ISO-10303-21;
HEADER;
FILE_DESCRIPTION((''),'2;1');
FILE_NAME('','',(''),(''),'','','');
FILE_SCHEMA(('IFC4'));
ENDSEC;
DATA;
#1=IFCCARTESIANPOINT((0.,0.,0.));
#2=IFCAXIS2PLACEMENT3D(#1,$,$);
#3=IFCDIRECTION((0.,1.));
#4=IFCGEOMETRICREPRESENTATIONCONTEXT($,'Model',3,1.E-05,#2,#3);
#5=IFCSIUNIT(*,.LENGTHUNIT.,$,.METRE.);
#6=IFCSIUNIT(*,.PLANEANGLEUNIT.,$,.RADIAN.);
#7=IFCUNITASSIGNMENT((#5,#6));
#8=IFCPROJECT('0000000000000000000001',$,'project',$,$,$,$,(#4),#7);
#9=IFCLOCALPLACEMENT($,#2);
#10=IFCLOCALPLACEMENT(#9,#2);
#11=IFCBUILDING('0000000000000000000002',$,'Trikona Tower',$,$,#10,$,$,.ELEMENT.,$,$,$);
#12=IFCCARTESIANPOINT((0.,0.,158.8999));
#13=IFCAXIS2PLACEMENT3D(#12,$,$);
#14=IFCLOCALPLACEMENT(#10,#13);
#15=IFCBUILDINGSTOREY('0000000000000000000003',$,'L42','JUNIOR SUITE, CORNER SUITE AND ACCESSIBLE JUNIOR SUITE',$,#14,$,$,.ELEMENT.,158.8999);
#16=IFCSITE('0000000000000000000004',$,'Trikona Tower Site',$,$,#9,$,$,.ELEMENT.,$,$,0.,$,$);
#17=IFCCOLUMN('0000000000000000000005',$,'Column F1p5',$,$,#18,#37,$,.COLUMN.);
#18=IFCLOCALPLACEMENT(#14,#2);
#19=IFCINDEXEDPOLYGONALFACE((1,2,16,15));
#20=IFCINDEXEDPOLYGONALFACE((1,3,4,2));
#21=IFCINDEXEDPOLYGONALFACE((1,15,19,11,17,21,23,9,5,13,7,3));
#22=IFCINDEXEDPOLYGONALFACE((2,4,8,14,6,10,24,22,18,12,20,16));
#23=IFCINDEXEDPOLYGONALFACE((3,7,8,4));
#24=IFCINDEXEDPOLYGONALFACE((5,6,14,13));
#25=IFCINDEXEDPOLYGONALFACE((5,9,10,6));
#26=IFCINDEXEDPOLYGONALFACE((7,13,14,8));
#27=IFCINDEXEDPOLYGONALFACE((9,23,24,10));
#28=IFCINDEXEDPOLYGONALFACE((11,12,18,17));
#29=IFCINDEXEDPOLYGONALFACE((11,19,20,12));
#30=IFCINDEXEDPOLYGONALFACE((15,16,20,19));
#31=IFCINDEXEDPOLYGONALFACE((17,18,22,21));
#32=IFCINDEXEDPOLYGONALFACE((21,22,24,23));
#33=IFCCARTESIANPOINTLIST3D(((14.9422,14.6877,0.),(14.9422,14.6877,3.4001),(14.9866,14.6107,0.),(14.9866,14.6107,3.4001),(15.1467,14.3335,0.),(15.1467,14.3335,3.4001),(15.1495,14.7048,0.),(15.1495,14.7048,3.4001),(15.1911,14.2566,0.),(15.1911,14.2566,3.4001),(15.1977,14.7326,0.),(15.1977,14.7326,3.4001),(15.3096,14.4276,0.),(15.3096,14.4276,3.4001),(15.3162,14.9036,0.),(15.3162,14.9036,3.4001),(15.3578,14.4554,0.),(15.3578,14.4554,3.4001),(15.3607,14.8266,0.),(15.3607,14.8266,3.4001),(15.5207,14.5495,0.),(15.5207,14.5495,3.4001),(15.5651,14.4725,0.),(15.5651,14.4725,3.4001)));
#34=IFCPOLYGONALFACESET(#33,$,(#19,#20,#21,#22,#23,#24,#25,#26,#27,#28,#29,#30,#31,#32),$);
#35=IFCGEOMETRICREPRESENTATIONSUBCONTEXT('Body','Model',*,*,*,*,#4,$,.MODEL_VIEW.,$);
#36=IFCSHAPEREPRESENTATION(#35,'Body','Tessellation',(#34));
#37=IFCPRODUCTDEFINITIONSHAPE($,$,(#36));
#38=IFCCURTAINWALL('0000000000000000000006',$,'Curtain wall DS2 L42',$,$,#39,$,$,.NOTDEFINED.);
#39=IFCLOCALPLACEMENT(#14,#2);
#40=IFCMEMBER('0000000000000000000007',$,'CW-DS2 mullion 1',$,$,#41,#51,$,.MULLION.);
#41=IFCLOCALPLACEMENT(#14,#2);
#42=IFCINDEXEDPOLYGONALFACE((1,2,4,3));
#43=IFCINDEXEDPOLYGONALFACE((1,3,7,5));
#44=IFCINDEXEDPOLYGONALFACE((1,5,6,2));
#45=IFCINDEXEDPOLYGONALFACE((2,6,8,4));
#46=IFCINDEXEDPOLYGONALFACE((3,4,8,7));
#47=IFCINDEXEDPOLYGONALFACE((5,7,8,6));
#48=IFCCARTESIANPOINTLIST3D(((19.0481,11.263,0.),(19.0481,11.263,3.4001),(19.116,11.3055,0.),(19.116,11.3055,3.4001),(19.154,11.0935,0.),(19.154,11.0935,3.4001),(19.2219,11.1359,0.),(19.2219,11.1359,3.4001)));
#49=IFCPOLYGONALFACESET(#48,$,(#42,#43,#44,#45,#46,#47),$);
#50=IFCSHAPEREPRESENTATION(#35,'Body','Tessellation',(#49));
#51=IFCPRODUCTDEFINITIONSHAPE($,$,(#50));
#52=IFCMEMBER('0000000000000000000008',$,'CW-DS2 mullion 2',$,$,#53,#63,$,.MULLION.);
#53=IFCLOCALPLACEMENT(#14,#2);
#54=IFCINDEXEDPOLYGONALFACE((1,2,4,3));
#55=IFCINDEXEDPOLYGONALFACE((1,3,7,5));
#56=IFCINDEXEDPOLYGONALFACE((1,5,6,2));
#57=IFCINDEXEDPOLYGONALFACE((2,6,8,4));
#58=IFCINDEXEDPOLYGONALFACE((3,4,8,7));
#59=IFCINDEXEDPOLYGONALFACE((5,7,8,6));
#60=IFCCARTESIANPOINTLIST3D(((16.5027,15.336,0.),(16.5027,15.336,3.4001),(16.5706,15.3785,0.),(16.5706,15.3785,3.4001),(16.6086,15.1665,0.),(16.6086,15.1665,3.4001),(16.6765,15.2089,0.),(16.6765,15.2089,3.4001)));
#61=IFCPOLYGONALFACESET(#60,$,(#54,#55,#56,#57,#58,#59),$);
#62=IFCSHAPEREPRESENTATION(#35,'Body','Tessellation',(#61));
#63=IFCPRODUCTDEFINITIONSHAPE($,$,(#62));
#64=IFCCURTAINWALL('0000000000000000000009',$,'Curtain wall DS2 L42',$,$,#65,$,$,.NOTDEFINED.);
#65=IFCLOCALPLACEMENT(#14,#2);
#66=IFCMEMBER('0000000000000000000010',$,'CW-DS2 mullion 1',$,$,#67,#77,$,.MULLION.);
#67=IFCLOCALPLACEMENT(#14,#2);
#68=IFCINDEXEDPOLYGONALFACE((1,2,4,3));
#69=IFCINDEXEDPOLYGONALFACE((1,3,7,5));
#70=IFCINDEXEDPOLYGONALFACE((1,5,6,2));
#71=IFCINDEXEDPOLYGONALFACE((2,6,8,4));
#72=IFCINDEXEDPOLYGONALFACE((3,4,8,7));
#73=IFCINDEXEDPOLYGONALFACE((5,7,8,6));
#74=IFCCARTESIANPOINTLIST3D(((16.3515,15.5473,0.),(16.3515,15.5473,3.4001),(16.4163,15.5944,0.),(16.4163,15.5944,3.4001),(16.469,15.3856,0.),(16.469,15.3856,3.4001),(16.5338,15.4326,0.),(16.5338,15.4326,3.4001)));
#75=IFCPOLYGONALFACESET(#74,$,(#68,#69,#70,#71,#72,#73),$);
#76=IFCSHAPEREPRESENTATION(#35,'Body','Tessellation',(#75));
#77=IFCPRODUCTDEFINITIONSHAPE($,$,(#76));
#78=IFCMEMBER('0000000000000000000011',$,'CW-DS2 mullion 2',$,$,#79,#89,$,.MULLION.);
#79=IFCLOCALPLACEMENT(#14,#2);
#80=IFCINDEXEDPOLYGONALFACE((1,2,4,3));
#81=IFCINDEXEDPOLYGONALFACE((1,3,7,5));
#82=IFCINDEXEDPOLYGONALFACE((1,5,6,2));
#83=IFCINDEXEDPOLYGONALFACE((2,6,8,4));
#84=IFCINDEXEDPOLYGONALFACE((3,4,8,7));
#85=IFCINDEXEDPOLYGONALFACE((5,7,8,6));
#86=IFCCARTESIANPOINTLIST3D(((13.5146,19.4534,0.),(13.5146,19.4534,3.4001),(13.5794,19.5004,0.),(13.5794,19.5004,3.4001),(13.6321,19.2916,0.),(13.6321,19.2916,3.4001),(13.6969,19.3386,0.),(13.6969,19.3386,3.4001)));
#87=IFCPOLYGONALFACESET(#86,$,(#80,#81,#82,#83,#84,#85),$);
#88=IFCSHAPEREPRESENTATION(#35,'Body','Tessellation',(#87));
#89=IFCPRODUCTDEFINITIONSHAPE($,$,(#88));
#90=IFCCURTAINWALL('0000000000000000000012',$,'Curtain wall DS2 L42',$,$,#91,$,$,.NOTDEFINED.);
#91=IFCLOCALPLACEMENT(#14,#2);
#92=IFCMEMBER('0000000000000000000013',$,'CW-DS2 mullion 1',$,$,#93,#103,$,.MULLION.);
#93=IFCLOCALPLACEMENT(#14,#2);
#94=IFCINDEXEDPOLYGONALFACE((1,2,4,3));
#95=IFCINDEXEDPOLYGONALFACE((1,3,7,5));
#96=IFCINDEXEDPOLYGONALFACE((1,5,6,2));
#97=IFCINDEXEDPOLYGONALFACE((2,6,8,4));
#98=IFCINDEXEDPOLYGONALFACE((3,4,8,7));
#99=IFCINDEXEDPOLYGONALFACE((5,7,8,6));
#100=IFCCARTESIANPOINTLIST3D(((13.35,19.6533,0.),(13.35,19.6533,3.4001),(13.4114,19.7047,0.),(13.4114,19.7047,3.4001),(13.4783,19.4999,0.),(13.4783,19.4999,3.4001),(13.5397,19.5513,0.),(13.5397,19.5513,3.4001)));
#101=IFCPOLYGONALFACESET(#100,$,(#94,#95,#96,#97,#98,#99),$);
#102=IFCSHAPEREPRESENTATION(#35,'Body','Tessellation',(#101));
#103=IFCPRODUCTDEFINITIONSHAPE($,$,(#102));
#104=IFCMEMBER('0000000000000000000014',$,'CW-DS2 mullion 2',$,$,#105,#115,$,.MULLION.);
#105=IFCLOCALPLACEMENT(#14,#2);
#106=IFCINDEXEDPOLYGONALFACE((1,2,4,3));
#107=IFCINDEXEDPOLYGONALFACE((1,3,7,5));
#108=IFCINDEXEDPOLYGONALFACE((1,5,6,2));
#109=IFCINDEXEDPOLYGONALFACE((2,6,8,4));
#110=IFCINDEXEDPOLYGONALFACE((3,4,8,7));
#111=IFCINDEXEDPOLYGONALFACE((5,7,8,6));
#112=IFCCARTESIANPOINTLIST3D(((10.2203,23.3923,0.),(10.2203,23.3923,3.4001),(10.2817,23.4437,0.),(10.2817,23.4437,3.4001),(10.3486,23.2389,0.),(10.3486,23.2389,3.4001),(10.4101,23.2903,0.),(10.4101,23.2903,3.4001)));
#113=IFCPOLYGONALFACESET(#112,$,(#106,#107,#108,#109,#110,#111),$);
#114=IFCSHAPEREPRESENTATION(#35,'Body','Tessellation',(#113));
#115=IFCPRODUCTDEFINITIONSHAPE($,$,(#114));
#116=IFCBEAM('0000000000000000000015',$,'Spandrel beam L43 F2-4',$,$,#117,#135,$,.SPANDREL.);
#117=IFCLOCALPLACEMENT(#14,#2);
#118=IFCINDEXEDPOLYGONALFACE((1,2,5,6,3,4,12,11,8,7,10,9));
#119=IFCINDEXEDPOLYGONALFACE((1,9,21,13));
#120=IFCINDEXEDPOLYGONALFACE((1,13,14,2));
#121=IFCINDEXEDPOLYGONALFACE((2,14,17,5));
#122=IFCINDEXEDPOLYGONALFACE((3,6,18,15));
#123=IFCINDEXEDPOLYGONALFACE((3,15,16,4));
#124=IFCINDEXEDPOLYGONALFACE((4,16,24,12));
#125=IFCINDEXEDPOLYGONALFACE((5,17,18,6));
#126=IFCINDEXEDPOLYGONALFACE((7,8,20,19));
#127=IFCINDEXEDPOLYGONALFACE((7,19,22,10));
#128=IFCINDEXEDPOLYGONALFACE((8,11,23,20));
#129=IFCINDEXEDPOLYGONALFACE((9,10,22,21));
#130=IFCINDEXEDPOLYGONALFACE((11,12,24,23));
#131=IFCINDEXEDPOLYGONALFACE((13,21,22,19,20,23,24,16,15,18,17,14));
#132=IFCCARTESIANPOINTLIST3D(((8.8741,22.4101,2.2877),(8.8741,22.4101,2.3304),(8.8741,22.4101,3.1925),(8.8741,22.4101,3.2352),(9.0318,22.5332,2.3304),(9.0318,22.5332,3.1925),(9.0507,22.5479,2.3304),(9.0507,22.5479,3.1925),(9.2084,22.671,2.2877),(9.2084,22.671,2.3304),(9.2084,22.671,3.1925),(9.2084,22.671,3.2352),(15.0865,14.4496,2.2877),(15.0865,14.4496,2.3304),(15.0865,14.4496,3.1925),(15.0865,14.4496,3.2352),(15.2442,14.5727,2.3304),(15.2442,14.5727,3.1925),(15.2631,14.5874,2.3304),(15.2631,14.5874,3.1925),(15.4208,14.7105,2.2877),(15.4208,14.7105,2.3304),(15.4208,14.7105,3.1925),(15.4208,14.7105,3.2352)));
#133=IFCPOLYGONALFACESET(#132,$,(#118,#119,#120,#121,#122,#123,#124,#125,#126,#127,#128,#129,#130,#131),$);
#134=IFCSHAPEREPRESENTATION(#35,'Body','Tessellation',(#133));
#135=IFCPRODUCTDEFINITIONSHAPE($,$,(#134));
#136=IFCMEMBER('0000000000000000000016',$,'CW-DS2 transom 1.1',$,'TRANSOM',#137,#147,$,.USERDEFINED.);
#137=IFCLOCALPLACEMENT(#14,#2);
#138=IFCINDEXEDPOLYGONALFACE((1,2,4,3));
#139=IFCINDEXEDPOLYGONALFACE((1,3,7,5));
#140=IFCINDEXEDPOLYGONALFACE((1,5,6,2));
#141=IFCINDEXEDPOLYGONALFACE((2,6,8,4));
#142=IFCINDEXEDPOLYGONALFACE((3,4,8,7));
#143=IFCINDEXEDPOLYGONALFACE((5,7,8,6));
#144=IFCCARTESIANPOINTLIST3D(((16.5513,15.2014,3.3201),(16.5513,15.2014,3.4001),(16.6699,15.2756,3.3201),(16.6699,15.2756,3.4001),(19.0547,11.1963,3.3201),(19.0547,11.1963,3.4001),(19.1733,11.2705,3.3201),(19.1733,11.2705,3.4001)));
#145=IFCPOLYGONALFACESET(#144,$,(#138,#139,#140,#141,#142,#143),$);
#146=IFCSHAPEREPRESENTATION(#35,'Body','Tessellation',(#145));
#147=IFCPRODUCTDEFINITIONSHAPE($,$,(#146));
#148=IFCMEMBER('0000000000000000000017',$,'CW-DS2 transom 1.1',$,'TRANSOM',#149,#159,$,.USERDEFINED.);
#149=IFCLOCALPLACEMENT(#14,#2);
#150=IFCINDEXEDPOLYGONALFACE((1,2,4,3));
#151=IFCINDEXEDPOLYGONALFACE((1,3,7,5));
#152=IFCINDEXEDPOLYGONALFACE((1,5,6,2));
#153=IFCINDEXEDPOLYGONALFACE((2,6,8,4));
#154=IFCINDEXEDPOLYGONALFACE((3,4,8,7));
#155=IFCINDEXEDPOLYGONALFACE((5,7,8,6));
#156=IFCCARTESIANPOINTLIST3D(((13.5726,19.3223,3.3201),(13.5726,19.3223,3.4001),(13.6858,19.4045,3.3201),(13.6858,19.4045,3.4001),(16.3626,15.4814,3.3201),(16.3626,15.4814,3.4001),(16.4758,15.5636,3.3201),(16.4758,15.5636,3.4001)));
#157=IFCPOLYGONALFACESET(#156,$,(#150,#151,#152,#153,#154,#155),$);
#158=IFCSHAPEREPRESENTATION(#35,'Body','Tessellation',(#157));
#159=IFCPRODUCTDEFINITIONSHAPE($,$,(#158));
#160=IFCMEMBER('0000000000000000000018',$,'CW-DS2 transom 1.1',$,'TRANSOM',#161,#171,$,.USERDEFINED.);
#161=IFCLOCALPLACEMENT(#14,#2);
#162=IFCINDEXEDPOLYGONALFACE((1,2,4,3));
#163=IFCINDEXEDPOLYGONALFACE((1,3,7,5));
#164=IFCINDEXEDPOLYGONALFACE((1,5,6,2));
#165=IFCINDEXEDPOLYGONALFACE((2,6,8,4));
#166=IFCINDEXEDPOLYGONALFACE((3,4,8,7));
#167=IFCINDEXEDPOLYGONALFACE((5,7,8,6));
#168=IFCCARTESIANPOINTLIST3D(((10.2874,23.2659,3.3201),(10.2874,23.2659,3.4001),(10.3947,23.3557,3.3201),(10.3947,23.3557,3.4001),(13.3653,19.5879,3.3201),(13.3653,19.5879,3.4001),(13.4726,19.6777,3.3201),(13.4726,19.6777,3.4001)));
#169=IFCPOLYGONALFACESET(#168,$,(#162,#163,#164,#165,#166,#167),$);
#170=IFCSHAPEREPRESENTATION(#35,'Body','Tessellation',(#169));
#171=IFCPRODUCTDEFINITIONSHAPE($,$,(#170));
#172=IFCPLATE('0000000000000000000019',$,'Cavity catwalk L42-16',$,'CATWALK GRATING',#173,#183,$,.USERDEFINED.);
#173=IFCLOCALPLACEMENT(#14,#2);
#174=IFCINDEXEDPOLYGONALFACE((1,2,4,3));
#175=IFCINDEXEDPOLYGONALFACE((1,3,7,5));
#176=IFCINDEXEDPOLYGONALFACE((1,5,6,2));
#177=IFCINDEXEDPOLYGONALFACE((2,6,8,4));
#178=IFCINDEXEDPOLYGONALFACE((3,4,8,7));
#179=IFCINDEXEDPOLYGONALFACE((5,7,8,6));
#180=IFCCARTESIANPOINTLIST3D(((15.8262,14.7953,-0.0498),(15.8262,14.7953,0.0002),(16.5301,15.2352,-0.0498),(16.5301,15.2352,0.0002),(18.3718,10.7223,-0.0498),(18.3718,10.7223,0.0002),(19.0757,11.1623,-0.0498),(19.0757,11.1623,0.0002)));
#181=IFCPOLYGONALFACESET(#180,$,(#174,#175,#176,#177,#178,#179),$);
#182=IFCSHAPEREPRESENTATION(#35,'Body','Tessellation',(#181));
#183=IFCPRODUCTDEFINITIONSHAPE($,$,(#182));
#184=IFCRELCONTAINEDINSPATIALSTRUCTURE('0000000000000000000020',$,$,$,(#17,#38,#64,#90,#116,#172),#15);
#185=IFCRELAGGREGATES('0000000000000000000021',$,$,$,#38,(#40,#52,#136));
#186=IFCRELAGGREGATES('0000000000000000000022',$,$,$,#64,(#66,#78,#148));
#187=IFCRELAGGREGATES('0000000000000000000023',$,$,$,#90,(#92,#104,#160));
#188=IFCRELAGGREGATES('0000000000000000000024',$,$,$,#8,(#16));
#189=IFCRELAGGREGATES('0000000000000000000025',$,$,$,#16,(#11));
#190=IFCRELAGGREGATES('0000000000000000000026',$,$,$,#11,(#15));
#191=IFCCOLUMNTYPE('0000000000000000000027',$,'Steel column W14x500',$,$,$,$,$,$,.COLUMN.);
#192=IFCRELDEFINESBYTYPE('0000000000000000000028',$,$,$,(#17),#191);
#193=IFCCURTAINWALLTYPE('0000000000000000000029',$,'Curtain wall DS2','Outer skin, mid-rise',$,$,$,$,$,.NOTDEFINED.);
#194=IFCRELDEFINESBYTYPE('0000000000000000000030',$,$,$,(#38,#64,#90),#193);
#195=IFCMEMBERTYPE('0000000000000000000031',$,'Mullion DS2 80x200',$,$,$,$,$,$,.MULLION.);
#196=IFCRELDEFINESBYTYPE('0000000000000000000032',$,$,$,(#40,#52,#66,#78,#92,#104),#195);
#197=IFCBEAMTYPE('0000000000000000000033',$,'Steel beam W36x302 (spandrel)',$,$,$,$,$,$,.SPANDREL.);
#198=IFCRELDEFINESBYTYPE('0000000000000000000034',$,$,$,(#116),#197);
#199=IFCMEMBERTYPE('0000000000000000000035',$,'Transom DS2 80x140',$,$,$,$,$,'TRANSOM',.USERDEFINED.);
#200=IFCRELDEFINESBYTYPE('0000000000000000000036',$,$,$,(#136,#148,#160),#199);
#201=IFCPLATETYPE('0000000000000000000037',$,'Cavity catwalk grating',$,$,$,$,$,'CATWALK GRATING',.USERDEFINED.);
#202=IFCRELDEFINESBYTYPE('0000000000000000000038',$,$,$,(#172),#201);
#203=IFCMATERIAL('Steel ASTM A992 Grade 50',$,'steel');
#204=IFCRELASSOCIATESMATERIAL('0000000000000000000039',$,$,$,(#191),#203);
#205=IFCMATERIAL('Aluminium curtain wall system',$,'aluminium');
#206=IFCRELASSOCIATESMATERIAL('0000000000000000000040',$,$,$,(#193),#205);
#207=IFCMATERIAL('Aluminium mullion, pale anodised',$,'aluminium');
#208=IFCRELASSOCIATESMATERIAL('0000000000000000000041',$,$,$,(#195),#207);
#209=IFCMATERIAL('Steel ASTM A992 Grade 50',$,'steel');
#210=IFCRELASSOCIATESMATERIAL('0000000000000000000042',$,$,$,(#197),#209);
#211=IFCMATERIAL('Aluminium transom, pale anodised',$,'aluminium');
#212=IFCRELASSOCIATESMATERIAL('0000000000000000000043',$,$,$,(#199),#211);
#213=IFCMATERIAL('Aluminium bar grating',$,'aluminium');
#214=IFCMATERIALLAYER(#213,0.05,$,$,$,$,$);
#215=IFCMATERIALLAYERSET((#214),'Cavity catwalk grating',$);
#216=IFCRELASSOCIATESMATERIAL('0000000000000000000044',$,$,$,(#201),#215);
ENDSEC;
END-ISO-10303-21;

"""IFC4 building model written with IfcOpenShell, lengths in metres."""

from ifc_helpers import new_model, si_unit, direction, frame, origin, origin_2d, place, context, subcontext, project, spatial, rectangle, i_section, extrude, material, layer, layer_set, material_profile, profile_set, type_object, element, aggregate, save


model = new_model("IFC4")

# Units and contexts
model_context = context("Model", 3, precision=1e-05, world=origin(), true_north=direction((0.0, 1.0)))
body_context = subcontext(model_context, "Body", "Model", "MODEL_VIEW")
ifc_project = project(units=[si_unit("LENGTHUNIT", "METRE"), si_unit("PLANEANGLEUNIT", "RADIAN")], contexts=[model_context])

# Site, building, storey
site_placement = place(None, origin())
site = spatial("IfcSite", under=ifc_project, at=site_placement, Name="Trikona Tower Site", CompositionType="ELEMENT", RefElevation=0.0)
building_placement = place(site_placement, origin())
building = spatial("IfcBuilding", under=site, at=building_placement, Name="Trikona Tower", CompositionType="ELEMENT")
storey_placement = place(building_placement, frame((0.0, 0.0, 158.8999)))
storey = spatial("IfcBuildingStorey", under=building, at=storey_placement, Name="L42", Description="JUNIOR SUITE, CORNER SUITE AND ACCESSIBLE JUNIOR SUITE", CompositionType="ELEMENT", Elevation=158.8999)

# Column
ifc_material_1 = material(Name="Steel ASTM A992 Grade 50", Category="steel")
ifc_material_profile_1 = material_profile(ifc_material_1, i_section(OverallWidth=0.4319, OverallDepth=0.4978, WebThickness=0.0557, FlangeThickness=0.0889, at=origin_2d()), Name="W14X500")
ifc_profile_set_1 = profile_set([ifc_material_profile_1], Name="Steel ASTM A992 Grade 50")
column_type = type_object("IfcColumnType", Name="Steel column W14x500", PredefinedType="COLUMN", material=ifc_profile_set_1)
column_placement = place(storey_placement, frame((15.2537, 14.5801, 0.0), z_axis=(0.0, 0.0, 1.0), x_axis=(0.866025, 0.5, 0.0)))
element("IfcColumn", 1, at=column_placement, inside=storey, type_object=column_type, Name="Column F1p5", PredefinedType="COLUMN", context=body_context, shape_type="SweptSolid", body=[
    extrude(i_section(OverallWidth=0.4319, OverallDepth=0.4978, WebThickness=0.0557, FlangeThickness=0.0889, at=origin_2d()), origin(), (0.0, 0.0, 1.0), 3.4001),
])

# Curtain walls, members
ifc_material_2 = material(Name="Aluminium curtain wall system", Category="aluminium")
curtain_wall_type = type_object("IfcCurtainWallType", Name="Curtain wall DS2", Description="Outer skin, mid-rise", PredefinedType="NOTDEFINED", material=ifc_material_2)
curtain_wall_1_placement = place(storey_placement, origin())
curtain_wall_1 = element("IfcCurtainWall", 2, at=curtain_wall_1_placement, inside=storey, type_object=curtain_wall_type, Name="Curtain wall DS2 L42", PredefinedType="NOTDEFINED")
ifc_material_3 = material(Name="Aluminium mullion, pale anodised", Category="aluminium")
ifc_material_profile_2 = material_profile(ifc_material_3, rectangle(XDim=0.0801, YDim=0.2, at=origin_2d()), Name="MUL-DS2")
ifc_profile_set_2 = profile_set([ifc_material_profile_2], Name="Aluminium mullion, pale anodised")
member_type_1 = type_object("IfcMemberType", Name="Mullion DS2 80x200", PredefinedType="MULLION", material=ifc_profile_set_2)
member_1_placement = place(storey_placement, frame((19.135, 11.1995, 0.0), z_axis=(0.0, 0.0, 1.0), x_axis=(-0.847998, -0.529999, 0.0)))
member_1 = element("IfcMember", 3, at=member_1_placement, type_object=member_type_1, Name="CW-DS2 mullion 1", PredefinedType="MULLION", context=body_context, shape_type="SweptSolid", body=[
    extrude(rectangle(XDim=0.0801, YDim=0.2, at=origin_2d()), origin(), (0.0, 0.0, 1.0), 3.4001),
])
member_2_placement = place(storey_placement, frame((16.5896, 15.2725, 0.0), z_axis=(0.0, 0.0, 1.0), x_axis=(-0.847998, -0.529999, 0.0)))
member_2 = element("IfcMember", 4, at=member_2_placement, type_object=member_type_1, Name="CW-DS2 mullion 2", PredefinedType="MULLION", context=body_context, shape_type="SweptSolid", body=[
    extrude(rectangle(XDim=0.0801, YDim=0.2, at=origin_2d()), origin(), (0.0, 0.0, 1.0), 3.4001),
])
curtain_wall_2_placement = place(storey_placement, origin())
curtain_wall_2 = element("IfcCurtainWall", 5, at=curtain_wall_2_placement, inside=storey, type_object=curtain_wall_type, Name="Curtain wall DS2 L42", PredefinedType="NOTDEFINED")
member_3_placement = place(storey_placement, frame((16.4426, 15.49, 0.0), z_axis=(0.0, 0.0, 1.0), x_axis=(-0.809086, -0.587691, 0.0)))
member_3 = element("IfcMember", 6, at=member_3_placement, type_object=member_type_1, Name="CW-DS2 mullion 1", PredefinedType="MULLION", context=body_context, shape_type="SweptSolid", body=[
    extrude(rectangle(XDim=0.0801, YDim=0.2, at=origin_2d()), origin(), (0.0, 0.0, 1.0), 3.4001),
])
member_4_placement = place(storey_placement, frame((13.6057, 19.396, 0.0), z_axis=(0.0, 0.0, 1.0), x_axis=(-0.809086, -0.587691, 0.0)))
member_4 = element("IfcMember", 7, at=member_4_placement, type_object=member_type_1, Name="CW-DS2 mullion 2", PredefinedType="MULLION", context=body_context, shape_type="SweptSolid", body=[
    extrude(rectangle(XDim=0.0801, YDim=0.2, at=origin_2d()), origin(), (0.0, 0.0, 1.0), 3.4001),
])
curtain_wall_3_placement = place(storey_placement, origin())
curtain_wall_3 = element("IfcCurtainWall", 8, at=curtain_wall_3_placement, inside=storey, type_object=curtain_wall_type, Name="Curtain wall DS2 L42", PredefinedType="NOTDEFINED")
member_5_placement = place(storey_placement, frame((13.4448, 19.6023, 0.0), z_axis=(0.0, 0.0, 1.0), x_axis=(-0.766867, -0.641806, 0.0)))
member_5 = element("IfcMember", 9, at=member_5_placement, type_object=member_type_1, Name="CW-DS2 mullion 1", PredefinedType="MULLION", context=body_context, shape_type="SweptSolid", body=[
    extrude(rectangle(XDim=0.0801, YDim=0.2, at=origin_2d()), origin(), (0.0, 0.0, 1.0), 3.4001),
])
member_6_placement = place(storey_placement, frame((10.3152, 23.3413, 0.0), z_axis=(0.0, 0.0, 1.0), x_axis=(-0.766867, -0.641806, 0.0)))
member_6 = element("IfcMember", 10, at=member_6_placement, type_object=member_type_1, Name="CW-DS2 mullion 2", PredefinedType="MULLION", context=body_context, shape_type="SweptSolid", body=[
    extrude(rectangle(XDim=0.0801, YDim=0.2, at=origin_2d()), origin(), (0.0, 0.0, 1.0), 3.4001),
])

# Beam
ifc_material_4 = material(Name="Steel ASTM A992 Grade 50", Category="steel")
ifc_material_profile_3 = material_profile(ifc_material_4, i_section(OverallWidth=0.4241, OverallDepth=0.9475, WebThickness=0.0239, FlangeThickness=0.0427, at=origin_2d()), Name="W36X302")
ifc_profile_set_3 = profile_set([ifc_material_profile_3], Name="Steel ASTM A992 Grade 50")
beam_type = type_object("IfcBeamType", Name="Steel beam W36x302 (spandrel)", PredefinedType="SPANDREL", material=ifc_profile_set_3)
beam_placement = place(storey_placement, frame((15.2537, 14.5801, 2.7615), z_axis=(-0.615232, 0.788346, 0.0), x_axis=(-0.788346, -0.615232, 0.0)))
element("IfcBeam", 11, at=beam_placement, inside=storey, type_object=beam_type, Name="Spandrel beam L43 F2-4", PredefinedType="SPANDREL", context=body_context, shape_type="SweptSolid", body=[
    extrude(i_section(OverallWidth=0.4241, OverallDepth=0.9475, WebThickness=0.0239, FlangeThickness=0.0427, at=origin_2d()), origin(), (0.0, 0.0, 1.0), 10.0977),
])

# Members
ifc_material_5 = material(Name="Aluminium transom, pale anodised", Category="aluminium")
ifc_material_profile_4 = material_profile(ifc_material_5, rectangle(XDim=0.1399, YDim=0.0801, at=origin_2d()), Name="TRN-DS2")
ifc_profile_set_4 = profile_set([ifc_material_profile_4], Name="Aluminium transom, pale anodised")
member_type_2 = type_object("IfcMemberType", Name="Transom DS2 80x140", ElementType="TRANSOM", PredefinedType="USERDEFINED", material=ifc_profile_set_4)
member_7_placement = place(storey_placement, frame((19.114, 11.2334, 3.3601), z_axis=(-0.530031, 0.847978, 0.0), x_axis=(-0.847978, -0.530031, 0.0)))
member_7 = element("IfcMember", 12, at=member_7_placement, type_object=member_type_2, Name="CW-DS2 transom 1.1", ObjectType="TRANSOM", PredefinedType="USERDEFINED", context=body_context, shape_type="SweptSolid", body=[
    extrude(rectangle(XDim=0.1399, YDim=0.0801, at=origin_2d()), origin(), (0.0, 0.0, 1.0), 4.7231),
])
member_8_placement = place(storey_placement, frame((16.4192, 15.5225, 3.3601), z_axis=(-0.587695, 0.809083, 0.0), x_axis=(-0.809083, -0.587695, 0.0)))
member_8 = element("IfcMember", 13, at=member_8_placement, type_object=member_type_2, Name="CW-DS2 transom 1.1", ObjectType="TRANSOM", PredefinedType="USERDEFINED", context=body_context, shape_type="SweptSolid", body=[
    extrude(rectangle(XDim=0.1399, YDim=0.0801, at=origin_2d()), origin(), (0.0, 0.0, 1.0), 4.7473),
])
member_9_placement = place(storey_placement, frame((13.4189, 19.6328, 3.3601), z_axis=(-0.64177, 0.766897, 0.0), x_axis=(-0.766897, -0.64177, 0.0)))
member_9 = element("IfcMember", 14, at=member_9_placement, type_object=member_type_2, Name="CW-DS2 transom 1.1", ObjectType="TRANSOM", PredefinedType="USERDEFINED", context=body_context, shape_type="SweptSolid", body=[
    extrude(rectangle(XDim=0.1399, YDim=0.0801, at=origin_2d()), origin(), (0.0, 0.0, 1.0), 4.7959),
])

# Plate
ifc_material_6 = material(Name="Aluminium bar grating", Category="aluminium")
ifc_layer_1 = layer(ifc_material_6, 0.05)
ifc_layer_set_1 = layer_set([ifc_layer_1], Name="Cavity catwalk grating")
plate_type_1 = type_object("IfcPlateType", Name="Cavity catwalk grating", ElementType="CATWALK GRATING", PredefinedType="USERDEFINED", material=ifc_layer_set_1)
plate_1_placement = place(storey_placement, frame((17.4509, 12.9788, -0.0498), z_axis=(0.0, 0.0, 1.0), x_axis=(-0.529995, 0.848001, 0.0)))
element("IfcPlate", 15, at=plate_1_placement, inside=storey, type_object=plate_type_1, Name="Cavity catwalk L42-16", ObjectType="CATWALK GRATING", PredefinedType="USERDEFINED", context=body_context, shape_type="SweptSolid", body=[
    extrude(rectangle(XDim=4.803, YDim=0.8301, at=origin_2d()), origin(), (0.0, 0.0, 1.0), 0.05),
])

aggregate(curtain_wall_1, [member_1, member_2, member_7])
aggregate(curtain_wall_2, [member_3, member_4, member_8])
aggregate(curtain_wall_3, [member_5, member_6, member_9])

save(model, "model.ifc")
